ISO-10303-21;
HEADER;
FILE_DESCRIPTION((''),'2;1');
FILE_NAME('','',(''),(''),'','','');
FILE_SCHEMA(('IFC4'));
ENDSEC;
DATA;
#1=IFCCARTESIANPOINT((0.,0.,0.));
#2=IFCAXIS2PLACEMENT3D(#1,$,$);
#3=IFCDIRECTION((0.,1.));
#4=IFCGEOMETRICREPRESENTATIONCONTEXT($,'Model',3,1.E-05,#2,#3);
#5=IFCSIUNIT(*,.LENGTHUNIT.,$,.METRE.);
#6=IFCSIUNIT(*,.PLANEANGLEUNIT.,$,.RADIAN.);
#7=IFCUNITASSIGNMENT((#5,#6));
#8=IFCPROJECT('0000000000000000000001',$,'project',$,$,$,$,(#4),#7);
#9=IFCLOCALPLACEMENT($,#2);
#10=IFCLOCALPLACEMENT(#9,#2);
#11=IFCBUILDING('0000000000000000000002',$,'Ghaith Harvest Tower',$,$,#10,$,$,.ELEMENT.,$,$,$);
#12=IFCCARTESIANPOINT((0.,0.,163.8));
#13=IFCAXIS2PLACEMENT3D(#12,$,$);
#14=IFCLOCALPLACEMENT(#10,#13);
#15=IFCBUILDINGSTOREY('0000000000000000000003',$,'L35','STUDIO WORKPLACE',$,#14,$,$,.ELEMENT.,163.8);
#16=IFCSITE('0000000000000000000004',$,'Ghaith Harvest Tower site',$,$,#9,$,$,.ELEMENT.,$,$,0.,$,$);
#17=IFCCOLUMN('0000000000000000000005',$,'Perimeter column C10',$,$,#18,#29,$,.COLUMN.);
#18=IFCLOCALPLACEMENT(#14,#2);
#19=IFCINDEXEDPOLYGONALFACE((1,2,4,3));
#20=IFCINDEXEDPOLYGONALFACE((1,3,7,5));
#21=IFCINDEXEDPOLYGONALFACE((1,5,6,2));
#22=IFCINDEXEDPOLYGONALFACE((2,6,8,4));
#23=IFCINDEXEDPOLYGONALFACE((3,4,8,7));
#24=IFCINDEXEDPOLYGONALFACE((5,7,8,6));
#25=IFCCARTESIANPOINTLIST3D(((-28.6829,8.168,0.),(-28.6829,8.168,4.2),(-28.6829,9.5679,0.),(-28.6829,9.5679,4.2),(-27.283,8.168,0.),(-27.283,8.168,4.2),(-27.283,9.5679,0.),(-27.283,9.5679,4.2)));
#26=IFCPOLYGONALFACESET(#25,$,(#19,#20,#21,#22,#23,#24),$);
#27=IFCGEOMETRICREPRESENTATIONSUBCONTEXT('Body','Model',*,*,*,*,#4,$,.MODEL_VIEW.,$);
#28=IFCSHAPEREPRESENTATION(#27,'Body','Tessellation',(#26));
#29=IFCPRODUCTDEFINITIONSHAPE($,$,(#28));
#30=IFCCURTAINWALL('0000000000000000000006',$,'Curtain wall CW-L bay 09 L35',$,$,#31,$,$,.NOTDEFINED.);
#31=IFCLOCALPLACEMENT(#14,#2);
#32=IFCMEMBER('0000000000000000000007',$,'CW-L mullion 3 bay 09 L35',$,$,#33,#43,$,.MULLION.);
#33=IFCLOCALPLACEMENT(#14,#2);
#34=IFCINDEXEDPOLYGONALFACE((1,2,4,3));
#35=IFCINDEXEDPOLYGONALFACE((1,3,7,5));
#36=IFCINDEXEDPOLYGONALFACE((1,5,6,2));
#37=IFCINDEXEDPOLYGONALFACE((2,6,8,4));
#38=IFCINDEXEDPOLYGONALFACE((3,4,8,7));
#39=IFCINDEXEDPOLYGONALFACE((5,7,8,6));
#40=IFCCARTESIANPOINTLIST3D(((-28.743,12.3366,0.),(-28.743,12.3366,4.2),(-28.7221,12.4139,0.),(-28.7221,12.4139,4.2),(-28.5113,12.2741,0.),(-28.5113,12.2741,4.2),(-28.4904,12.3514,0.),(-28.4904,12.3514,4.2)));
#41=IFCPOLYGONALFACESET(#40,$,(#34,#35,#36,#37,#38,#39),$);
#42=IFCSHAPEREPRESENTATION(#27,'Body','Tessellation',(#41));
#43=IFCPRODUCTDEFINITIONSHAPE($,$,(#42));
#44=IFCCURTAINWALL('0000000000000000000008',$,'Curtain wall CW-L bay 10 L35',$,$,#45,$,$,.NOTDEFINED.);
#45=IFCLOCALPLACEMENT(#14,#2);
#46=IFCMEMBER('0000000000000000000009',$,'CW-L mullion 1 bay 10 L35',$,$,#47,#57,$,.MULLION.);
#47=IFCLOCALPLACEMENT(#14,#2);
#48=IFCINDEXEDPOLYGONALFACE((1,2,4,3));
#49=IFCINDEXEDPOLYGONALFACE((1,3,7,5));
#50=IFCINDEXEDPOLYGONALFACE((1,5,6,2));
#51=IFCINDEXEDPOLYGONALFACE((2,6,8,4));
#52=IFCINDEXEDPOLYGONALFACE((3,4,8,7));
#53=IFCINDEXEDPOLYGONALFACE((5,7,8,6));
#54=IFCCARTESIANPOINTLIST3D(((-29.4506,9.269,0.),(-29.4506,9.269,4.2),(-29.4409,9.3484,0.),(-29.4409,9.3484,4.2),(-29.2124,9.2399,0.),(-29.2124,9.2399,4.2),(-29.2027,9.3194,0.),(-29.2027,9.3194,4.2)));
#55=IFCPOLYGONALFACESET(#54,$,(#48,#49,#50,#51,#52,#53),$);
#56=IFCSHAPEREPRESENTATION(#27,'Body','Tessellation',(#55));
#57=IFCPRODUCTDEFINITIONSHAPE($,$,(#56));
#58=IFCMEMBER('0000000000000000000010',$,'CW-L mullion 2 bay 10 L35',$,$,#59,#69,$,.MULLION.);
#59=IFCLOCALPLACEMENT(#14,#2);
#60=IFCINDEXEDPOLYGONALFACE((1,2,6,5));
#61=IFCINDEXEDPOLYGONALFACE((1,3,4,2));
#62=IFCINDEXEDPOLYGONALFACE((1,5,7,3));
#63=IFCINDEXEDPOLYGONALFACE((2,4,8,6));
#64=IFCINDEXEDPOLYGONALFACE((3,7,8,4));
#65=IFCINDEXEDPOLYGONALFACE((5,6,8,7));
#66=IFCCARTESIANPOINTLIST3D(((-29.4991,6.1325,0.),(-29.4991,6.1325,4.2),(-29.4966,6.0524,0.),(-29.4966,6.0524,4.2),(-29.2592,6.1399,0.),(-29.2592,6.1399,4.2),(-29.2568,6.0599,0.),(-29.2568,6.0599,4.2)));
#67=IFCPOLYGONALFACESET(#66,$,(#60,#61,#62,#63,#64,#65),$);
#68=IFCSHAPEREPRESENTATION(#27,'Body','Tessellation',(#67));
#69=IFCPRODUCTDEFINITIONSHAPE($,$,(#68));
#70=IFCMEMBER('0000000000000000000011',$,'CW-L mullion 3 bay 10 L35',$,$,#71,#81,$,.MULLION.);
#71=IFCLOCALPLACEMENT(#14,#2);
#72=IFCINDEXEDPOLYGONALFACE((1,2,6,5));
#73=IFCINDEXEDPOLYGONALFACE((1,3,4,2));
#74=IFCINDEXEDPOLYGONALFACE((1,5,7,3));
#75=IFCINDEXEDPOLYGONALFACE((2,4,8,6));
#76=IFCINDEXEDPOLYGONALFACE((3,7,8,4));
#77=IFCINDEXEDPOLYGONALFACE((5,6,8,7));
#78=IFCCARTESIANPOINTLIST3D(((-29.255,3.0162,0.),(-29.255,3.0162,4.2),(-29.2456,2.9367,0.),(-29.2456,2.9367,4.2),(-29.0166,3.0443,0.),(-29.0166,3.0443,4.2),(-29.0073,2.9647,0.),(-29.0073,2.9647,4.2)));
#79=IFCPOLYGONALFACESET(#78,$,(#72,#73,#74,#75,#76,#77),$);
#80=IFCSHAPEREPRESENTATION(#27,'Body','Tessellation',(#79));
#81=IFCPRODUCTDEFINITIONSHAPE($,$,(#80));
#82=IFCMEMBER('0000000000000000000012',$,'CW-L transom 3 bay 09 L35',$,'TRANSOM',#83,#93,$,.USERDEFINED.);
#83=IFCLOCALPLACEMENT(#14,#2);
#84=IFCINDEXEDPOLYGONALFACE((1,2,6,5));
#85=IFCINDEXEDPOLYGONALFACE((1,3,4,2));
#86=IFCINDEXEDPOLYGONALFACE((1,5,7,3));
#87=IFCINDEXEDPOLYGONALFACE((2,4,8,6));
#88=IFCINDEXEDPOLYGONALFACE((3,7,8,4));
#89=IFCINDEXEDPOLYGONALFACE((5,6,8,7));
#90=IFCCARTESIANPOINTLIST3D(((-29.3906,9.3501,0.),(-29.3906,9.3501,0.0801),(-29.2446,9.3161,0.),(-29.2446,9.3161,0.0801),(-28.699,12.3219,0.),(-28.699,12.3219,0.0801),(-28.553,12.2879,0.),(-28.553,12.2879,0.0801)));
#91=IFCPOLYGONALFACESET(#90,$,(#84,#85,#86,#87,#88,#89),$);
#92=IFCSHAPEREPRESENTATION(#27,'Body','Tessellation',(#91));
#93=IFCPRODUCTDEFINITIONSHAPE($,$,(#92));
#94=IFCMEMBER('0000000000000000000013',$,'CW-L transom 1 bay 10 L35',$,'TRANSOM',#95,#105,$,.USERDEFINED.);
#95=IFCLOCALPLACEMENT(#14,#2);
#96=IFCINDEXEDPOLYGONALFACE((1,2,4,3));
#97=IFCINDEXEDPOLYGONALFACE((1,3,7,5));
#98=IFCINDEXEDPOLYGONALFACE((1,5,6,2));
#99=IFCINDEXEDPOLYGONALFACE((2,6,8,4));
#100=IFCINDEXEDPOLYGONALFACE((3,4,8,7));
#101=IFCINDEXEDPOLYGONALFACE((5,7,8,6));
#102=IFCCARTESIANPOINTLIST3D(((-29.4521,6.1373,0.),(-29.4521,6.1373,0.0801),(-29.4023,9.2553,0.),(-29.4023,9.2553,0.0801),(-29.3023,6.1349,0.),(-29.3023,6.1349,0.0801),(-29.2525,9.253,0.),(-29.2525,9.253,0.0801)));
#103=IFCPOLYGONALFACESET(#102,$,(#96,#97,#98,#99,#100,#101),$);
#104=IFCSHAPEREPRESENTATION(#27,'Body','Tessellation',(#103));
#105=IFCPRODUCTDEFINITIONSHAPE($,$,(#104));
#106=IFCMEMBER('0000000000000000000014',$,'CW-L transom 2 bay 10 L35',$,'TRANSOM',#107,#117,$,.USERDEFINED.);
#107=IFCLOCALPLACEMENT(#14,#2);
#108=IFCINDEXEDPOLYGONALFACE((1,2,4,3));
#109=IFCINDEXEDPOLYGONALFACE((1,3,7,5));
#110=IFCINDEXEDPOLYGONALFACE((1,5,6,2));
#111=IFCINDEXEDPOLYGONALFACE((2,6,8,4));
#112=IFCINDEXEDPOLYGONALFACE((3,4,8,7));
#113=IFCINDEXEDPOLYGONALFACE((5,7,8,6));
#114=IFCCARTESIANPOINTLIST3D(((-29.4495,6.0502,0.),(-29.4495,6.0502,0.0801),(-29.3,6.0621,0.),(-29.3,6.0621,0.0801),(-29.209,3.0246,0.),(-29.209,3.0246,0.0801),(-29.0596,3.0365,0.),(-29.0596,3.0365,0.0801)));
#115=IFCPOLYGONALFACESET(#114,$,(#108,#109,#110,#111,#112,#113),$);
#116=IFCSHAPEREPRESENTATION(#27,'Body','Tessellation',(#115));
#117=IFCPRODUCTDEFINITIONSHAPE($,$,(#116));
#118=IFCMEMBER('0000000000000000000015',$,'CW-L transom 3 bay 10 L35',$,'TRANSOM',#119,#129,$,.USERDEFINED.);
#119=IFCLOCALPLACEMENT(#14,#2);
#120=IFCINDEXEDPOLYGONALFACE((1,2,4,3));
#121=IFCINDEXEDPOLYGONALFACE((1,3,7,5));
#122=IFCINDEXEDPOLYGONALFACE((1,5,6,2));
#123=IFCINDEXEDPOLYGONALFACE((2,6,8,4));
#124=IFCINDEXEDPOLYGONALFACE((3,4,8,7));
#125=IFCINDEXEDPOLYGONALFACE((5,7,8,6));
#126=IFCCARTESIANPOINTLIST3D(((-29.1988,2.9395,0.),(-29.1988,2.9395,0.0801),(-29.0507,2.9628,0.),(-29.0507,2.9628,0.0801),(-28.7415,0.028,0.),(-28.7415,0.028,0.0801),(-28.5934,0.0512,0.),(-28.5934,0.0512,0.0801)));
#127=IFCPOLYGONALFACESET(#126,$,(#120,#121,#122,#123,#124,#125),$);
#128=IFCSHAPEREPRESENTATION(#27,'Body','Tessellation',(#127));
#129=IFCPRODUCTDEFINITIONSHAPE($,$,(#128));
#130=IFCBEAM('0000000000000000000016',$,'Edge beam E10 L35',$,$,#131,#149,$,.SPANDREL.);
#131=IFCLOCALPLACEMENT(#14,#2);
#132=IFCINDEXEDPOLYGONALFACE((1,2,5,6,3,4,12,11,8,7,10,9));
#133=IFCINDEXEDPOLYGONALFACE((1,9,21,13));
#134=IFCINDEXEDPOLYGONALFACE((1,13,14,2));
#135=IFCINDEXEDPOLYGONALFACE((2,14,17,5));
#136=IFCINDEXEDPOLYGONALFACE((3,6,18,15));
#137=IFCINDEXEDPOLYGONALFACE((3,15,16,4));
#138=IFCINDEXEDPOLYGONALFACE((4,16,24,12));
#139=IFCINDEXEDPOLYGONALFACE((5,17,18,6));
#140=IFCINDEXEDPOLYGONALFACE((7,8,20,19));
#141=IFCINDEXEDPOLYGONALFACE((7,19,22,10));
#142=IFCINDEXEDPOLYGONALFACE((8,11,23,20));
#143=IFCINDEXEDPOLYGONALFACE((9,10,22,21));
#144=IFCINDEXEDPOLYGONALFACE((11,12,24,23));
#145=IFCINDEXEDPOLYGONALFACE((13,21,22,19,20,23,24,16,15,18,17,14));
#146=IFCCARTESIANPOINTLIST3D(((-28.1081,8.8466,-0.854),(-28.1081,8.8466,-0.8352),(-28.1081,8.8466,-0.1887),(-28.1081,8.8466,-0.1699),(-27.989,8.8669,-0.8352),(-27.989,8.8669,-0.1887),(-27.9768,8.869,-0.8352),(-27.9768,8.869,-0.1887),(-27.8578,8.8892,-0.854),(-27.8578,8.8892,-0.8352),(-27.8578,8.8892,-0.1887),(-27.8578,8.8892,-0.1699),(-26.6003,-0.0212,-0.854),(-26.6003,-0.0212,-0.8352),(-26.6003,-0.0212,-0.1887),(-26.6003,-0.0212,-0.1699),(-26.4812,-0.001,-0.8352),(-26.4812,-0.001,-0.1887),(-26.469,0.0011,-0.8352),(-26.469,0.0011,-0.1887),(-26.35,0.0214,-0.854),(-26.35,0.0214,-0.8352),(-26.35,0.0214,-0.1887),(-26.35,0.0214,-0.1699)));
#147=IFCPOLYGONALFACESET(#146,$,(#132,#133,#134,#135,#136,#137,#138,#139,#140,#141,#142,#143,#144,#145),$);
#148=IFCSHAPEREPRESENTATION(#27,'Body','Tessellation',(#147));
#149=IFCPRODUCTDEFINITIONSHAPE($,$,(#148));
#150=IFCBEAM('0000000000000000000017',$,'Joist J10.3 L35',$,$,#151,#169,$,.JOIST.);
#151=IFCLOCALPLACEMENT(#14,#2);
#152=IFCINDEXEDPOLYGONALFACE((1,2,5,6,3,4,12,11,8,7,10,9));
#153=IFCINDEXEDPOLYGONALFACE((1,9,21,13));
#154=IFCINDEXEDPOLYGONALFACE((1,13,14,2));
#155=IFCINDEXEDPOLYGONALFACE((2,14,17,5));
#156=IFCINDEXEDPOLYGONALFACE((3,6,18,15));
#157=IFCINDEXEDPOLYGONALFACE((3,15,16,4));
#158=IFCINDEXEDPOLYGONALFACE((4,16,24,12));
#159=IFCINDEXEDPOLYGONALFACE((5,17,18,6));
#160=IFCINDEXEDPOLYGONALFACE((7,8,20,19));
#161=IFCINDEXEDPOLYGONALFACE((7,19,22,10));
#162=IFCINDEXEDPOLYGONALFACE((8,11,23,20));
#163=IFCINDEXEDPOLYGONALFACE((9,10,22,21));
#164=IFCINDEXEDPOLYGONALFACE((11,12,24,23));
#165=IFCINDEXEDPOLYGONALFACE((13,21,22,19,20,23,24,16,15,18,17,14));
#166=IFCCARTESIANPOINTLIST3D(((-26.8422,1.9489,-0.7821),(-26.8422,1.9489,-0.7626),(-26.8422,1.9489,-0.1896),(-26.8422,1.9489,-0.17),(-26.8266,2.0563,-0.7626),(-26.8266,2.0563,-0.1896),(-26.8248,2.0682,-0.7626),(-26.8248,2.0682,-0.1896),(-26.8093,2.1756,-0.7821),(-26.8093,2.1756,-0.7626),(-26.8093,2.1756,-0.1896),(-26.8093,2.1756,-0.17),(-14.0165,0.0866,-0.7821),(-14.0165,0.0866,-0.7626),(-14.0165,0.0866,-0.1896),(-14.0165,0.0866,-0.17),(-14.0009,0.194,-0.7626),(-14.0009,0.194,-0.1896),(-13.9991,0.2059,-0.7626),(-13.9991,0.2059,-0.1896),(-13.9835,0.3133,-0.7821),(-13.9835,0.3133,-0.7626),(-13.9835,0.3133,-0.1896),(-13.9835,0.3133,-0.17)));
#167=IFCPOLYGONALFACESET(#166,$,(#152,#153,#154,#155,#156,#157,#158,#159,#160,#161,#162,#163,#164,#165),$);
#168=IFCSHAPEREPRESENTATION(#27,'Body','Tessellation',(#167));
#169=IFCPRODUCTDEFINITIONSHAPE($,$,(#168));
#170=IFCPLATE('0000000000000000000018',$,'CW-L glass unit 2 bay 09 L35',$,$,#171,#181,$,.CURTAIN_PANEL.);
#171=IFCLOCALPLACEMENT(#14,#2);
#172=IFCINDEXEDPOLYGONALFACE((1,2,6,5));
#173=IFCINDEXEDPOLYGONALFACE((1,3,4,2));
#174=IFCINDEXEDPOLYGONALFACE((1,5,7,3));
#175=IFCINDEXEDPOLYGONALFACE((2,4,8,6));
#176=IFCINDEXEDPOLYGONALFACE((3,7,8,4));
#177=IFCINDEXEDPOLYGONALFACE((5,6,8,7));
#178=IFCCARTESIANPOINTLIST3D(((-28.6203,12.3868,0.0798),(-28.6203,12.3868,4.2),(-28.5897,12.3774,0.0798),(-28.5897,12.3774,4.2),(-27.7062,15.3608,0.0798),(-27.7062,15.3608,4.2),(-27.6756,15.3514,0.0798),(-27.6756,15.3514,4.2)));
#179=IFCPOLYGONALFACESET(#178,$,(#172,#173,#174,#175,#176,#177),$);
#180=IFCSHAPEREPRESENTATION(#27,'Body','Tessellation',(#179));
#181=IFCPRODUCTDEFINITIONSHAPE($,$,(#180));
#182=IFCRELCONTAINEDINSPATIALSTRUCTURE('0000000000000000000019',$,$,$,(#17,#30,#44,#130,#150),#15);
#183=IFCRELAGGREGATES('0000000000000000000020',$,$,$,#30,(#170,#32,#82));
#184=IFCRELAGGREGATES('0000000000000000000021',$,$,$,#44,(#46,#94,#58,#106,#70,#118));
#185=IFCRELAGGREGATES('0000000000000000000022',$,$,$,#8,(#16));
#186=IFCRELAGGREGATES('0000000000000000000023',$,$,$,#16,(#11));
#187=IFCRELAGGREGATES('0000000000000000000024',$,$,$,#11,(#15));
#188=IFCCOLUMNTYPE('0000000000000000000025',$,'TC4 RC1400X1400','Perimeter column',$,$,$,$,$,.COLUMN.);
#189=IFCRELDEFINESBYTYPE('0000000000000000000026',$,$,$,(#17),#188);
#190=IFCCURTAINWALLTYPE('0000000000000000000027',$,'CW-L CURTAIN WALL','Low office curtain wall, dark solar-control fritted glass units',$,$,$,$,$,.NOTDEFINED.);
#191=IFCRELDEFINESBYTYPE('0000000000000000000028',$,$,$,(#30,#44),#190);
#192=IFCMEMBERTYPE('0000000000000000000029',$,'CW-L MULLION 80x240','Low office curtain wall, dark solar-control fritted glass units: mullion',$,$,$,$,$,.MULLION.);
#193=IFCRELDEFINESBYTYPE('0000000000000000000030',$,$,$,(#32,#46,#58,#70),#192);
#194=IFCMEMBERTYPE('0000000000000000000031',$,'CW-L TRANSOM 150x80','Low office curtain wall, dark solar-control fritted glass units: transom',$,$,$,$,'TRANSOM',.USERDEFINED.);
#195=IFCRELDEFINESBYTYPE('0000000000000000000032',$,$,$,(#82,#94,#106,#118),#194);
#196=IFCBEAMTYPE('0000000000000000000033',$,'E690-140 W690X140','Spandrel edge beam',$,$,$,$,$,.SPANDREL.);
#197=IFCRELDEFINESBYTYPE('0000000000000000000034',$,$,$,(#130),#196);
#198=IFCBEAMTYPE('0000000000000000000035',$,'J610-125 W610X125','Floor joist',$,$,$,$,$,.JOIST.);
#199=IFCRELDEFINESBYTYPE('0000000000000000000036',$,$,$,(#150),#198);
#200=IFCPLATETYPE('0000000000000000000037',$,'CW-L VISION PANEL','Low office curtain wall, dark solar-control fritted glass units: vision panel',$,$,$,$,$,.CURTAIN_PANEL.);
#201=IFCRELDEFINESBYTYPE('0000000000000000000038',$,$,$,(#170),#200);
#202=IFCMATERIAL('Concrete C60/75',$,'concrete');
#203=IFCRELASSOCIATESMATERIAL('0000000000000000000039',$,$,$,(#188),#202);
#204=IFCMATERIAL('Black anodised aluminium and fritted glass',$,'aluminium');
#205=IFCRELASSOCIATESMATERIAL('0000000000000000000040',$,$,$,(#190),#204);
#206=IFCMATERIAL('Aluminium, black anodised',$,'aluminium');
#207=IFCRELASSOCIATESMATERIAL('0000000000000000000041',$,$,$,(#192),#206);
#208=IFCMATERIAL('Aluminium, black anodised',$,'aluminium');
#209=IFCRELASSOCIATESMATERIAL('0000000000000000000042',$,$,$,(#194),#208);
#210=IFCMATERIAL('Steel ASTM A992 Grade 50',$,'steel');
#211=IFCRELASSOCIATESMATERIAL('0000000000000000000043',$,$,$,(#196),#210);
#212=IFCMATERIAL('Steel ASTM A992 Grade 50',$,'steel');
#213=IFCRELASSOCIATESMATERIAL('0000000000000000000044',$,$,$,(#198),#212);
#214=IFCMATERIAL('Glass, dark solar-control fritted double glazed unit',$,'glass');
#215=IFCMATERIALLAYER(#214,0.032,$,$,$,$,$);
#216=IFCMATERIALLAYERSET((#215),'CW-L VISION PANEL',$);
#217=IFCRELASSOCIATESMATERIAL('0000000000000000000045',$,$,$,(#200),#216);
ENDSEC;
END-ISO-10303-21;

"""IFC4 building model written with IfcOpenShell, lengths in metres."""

from ifc_helpers import new_model, si_unit, direction, frame, origin, origin_2d, place, context, subcontext, project, spatial, rectangle, i_section, extrude, material, layer, layer_set, material_profile, profile_set, type_object, element, aggregate, save


model = new_model("IFC4")

# Units and contexts
model_context = context("Model", 3, precision=1e-05, world=origin(), true_north=direction((0.0, 1.0)))
body_context = subcontext(model_context, "Body", "Model", "MODEL_VIEW")
ifc_project = project(units=[si_unit("LENGTHUNIT", "METRE"), si_unit("PLANEANGLEUNIT", "RADIAN")], contexts=[model_context])

# Site, building, storey
site_placement = place(None, origin())
site = spatial("IfcSite", under=ifc_project, at=site_placement, Name="Ghaith Harvest Tower site", CompositionType="ELEMENT", RefElevation=0.0)
building_placement = place(site_placement, origin())
building = spatial("IfcBuilding", under=site, at=building_placement, Name="Ghaith Harvest Tower", CompositionType="ELEMENT")
storey_placement = place(building_placement, frame((0.0, 0.0, 163.8)))
storey = spatial("IfcBuildingStorey", under=building, at=storey_placement, Name="L35", Description="STUDIO WORKPLACE", CompositionType="ELEMENT", Elevation=163.8)

# Column
ifc_material_1 = material(Name="Concrete C60/75", Category="concrete")
ifc_material_profile_1 = material_profile(ifc_material_1, rectangle(XDim=1.3999, YDim=1.3999, at=origin_2d()), Name="RC1400X1400")
ifc_profile_set_1 = profile_set([ifc_material_profile_1], Name="Concrete C60/75")
column_type = type_object("IfcColumnType", Name="TC4 RC1400X1400", Description="Perimeter column", PredefinedType="COLUMN", material=ifc_profile_set_1)
column_placement = place(storey_placement, frame((-27.9829, 8.8679, 0.0), z_axis=(0.0, 0.0, 1.0), x_axis=(1.0, 0.0, 0.0)))
element("IfcColumn", 1, at=column_placement, inside=storey, type_object=column_type, Name="Perimeter column C10", PredefinedType="COLUMN", context=body_context, shape_type="SweptSolid", body=[
    extrude(rectangle(XDim=1.3999, YDim=1.3999, at=origin_2d()), origin(), (0.0, 0.0, 1.0), 4.2),
])

# Curtain wall, member
ifc_material_2 = material(Name="Black anodised aluminium and fritted glass", Category="aluminium")
curtain_wall_type = type_object("IfcCurtainWallType", Name="CW-L CURTAIN WALL", Description="Low office curtain wall, dark solar-control fritted glass units", PredefinedType="NOTDEFINED", material=ifc_material_2)
curtain_wall_1_placement = place(storey_placement, origin())
curtain_wall_1 = element("IfcCurtainWall", 2, at=curtain_wall_1_placement, inside=storey, type_object=curtain_wall_type, Name="Curtain wall CW-L bay 09 L35", PredefinedType="NOTDEFINED")
ifc_material_3 = material(Name="Aluminium, black anodised", Category="aluminium")
ifc_material_profile_2 = material_profile(ifc_material_3, rectangle(XDim=0.0801, YDim=0.24, at=origin_2d()), Name="CW-L MULLION 80x240")
ifc_profile_set_2 = profile_set([ifc_material_profile_2], Name="Aluminium, black anodised")
member_type_1 = type_object("IfcMemberType", Name="CW-L MULLION 80x240", Description="Low office curtain wall, dark solar-control fritted glass units: mullion", PredefinedType="MULLION", material=ifc_profile_set_2)
member_1_placement = place(storey_placement, frame((-28.6167, 12.344, 0.0), z_axis=(0.0, 0.0, 1.0), x_axis=(-0.260727, -0.965412, 0.0)))
member_1 = element("IfcMember", 3, at=member_1_placement, type_object=member_type_1, Name="CW-L mullion 3 bay 09 L35", PredefinedType="MULLION", context=body_context, shape_type="SweptSolid", body=[
    extrude(rectangle(XDim=0.0801, YDim=0.24, at=origin_2d()), origin(), (0.0, 0.0, 1.0), 4.2),
])

# Curtain wall, members
curtain_wall_2_placement = place(storey_placement, origin())
curtain_wall_2 = element("IfcCurtainWall", 4, at=curtain_wall_2_placement, inside=storey, type_object=curtain_wall_type, Name="Curtain wall CW-L bay 10 L35", PredefinedType="NOTDEFINED")
member_2_placement = place(storey_placement, frame((-29.3267, 9.2942, 0.0), z_axis=(0.0, 0.0, 1.0), x_axis=(-0.120932, -0.992661, 0.0)))
member_2 = element("IfcMember", 5, at=member_2_placement, type_object=member_type_1, Name="CW-L mullion 1 bay 10 L35", PredefinedType="MULLION", context=body_context, shape_type="SweptSolid", body=[
    extrude(rectangle(XDim=0.0801, YDim=0.24, at=origin_2d()), origin(), (0.0, 0.0, 1.0), 4.2),
])
member_3_placement = place(storey_placement, frame((-29.3779, 6.0962, 0.0), z_axis=(0.0, 0.0, 1.0), x_axis=(0.031028, -0.999519, 0.0)))
member_3 = element("IfcMember", 6, at=member_3_placement, type_object=member_type_1, Name="CW-L mullion 2 bay 10 L35", PredefinedType="MULLION", context=body_context, shape_type="SweptSolid", body=[
    extrude(rectangle(XDim=0.0801, YDim=0.24, at=origin_2d()), origin(), (0.0, 0.0, 1.0), 4.2),
])
member_4_placement = place(storey_placement, frame((-29.1311, 2.9905, 0.0), z_axis=(0.0, 0.0, 1.0), x_axis=(0.116764, -0.99316, 0.0)))
member_4 = element("IfcMember", 7, at=member_4_placement, type_object=member_type_1, Name="CW-L mullion 3 bay 10 L35", PredefinedType="MULLION", context=body_context, shape_type="SweptSolid", body=[
    extrude(rectangle(XDim=0.0801, YDim=0.24, at=origin_2d()), origin(), (0.0, 0.0, 1.0), 4.2),
])

# Members
ifc_material_4 = material(Name="Aluminium, black anodised", Category="aluminium")
ifc_material_profile_3 = material_profile(ifc_material_4, rectangle(XDim=0.1499, YDim=0.0801, at=origin_2d()), Name="CW-L TRANSOM 150x80")
ifc_profile_set_3 = profile_set([ifc_material_profile_3], Name="Aluminium, black anodised")
member_type_2 = type_object("IfcMemberType", Name="CW-L TRANSOM 150x80", Description="Low office curtain wall, dark solar-control fritted glass units: transom", ElementType="TRANSOM", PredefinedType="USERDEFINED", material=ifc_profile_set_3)
member_5_placement = place(storey_placement, frame((-28.626, 12.3049, 0.04), z_axis=(-0.226671, -0.973971, 0.0), x_axis=(0.973971, -0.226671, 0.0)))
member_5 = element("IfcMember", 8, at=member_5_placement, type_object=member_type_2, Name="CW-L transom 3 bay 09 L35", ObjectType="TRANSOM", PredefinedType="USERDEFINED", context=body_context, shape_type="SweptSolid", body=[
    extrude(rectangle(XDim=0.1499, YDim=0.0801, at=origin_2d()), origin(), (0.0, 0.0, 1.0), 3.0513),
])
member_6_placement = place(storey_placement, frame((-29.3274, 9.2542, 0.04), z_axis=(-0.015972, -0.999872, 0.0), x_axis=(0.999872, -0.015972, 0.0)))
member_6 = element("IfcMember", 9, at=member_6_placement, type_object=member_type_2, Name="CW-L transom 1 bay 10 L35", ObjectType="TRANSOM", PredefinedType="USERDEFINED", context=body_context, shape_type="SweptSolid", body=[
    extrude(rectangle(XDim=0.1499, YDim=0.0801, at=origin_2d()), origin(), (0.0, 0.0, 1.0), 3.1184),
])
member_7_placement = place(storey_placement, frame((-29.3748, 6.0562, 0.04), z_axis=(0.07923, -0.996856, 0.0), x_axis=(0.996856, 0.07923, 0.0)))
member_7 = element("IfcMember", 10, at=member_7_placement, type_object=member_type_2, Name="CW-L transom 2 bay 10 L35", ObjectType="TRANSOM", PredefinedType="USERDEFINED", context=body_context, shape_type="SweptSolid", body=[
    extrude(rectangle(XDim=0.1499, YDim=0.0801, at=origin_2d()), origin(), (0.0, 0.0, 1.0), 3.0352),
])
member_8_placement = place(storey_placement, frame((-29.1248, 2.9512, 0.04), z_axis=(0.15515, -0.987891, 0.0), x_axis=(0.987891, 0.15515, 0.0)))
member_8 = element("IfcMember", 11, at=member_8_placement, type_object=member_type_2, Name="CW-L transom 3 bay 10 L35", ObjectType="TRANSOM", PredefinedType="USERDEFINED", context=body_context, shape_type="SweptSolid", body=[
    extrude(rectangle(XDim=0.1499, YDim=0.0801, at=origin_2d()), origin(), (0.0, 0.0, 1.0), 2.9473),
])

# Beams
ifc_material_5 = material(Name="Steel ASTM A992 Grade 50", Category="steel")
ifc_material_profile_4 = material_profile(ifc_material_5, i_section(OverallWidth=0.2539, OverallDepth=0.6841, WebThickness=0.0125, FlangeThickness=0.0188, at=origin_2d()), Name="W690X140")
ifc_profile_set_4 = profile_set([ifc_material_profile_4], Name="Steel ASTM A992 Grade 50")
beam_type_1 = type_object("IfcBeamType", Name="E690-140 W690X140", Description="Spandrel edge beam", PredefinedType="SPANDREL", material=ifc_profile_set_4)
beam_1_placement = place(storey_placement, frame((-27.9829, 8.8679, -0.512), z_axis=(0.167624, -0.985851, 0.0), x_axis=(0.985851, 0.167624, 0.0)))
element("IfcBeam", 12, at=beam_1_placement, inside=storey, type_object=beam_type_1, Name="Edge beam E10 L35", PredefinedType="SPANDREL", context=body_context, shape_type="SweptSolid", body=[
    extrude(i_section(OverallWidth=0.2539, OverallDepth=0.6841, WebThickness=0.0125, FlangeThickness=0.0188, at=origin_2d()), origin(), (0.0, 0.0, 1.0), 8.9951),
])
ifc_material_6 = material(Name="Steel ASTM A992 Grade 50", Category="steel")
ifc_material_profile_5 = material_profile(ifc_material_6, i_section(OverallWidth=0.229, OverallDepth=0.6121, WebThickness=0.012, FlangeThickness=0.0195, at=origin_2d()), Name="W610X125")
ifc_profile_set_5 = profile_set([ifc_material_profile_5], Name="Steel ASTM A992 Grade 50")
beam_type_2 = type_object("IfcBeamType", Name="J610-125 W610X125", Description="Floor joist", PredefinedType="JOIST", material=ifc_profile_set_5)
beam_2_placement = place(storey_placement, frame((-14.0, 0.2, -0.4761), z_axis=(-0.989622, 0.143694, 0.0), x_axis=(-0.143694, -0.989622, 0.0)))
element("IfcBeam", 13, at=beam_2_placement, inside=storey, type_object=beam_type_2, Name="Joist J10.3 L35", PredefinedType="JOIST", context=body_context, shape_type="SweptSolid", body=[
    extrude(i_section(OverallWidth=0.229, OverallDepth=0.6121, WebThickness=0.012, FlangeThickness=0.0195, at=origin_2d()), origin(), (0.0, 0.0, 1.0), 12.9602),
])

# Plate
ifc_material_7 = material(Name="Glass, dark solar-control fritted double glazed unit", Category="glass")
ifc_layer_1 = layer(ifc_material_7, 0.032)
ifc_layer_set_1 = layer_set([ifc_layer_1], Name="CW-L VISION PANEL")
plate_type_1 = type_object("IfcPlateType", Name="CW-L VISION PANEL", Description="Low office curtain wall, dark solar-control fritted glass units: vision panel", PredefinedType="CURTAIN_PANEL", material=ifc_layer_set_1)
plate_1_placement = place(storey_placement, frame((-28.1479, 13.8691, 0.0798), z_axis=(0.0, 0.0, 1.0), x_axis=(-0.293803, -0.955866, 0.0)))
plate_1 = element("IfcPlate", 14, at=plate_1_placement, type_object=plate_type_1, Name="CW-L glass unit 2 bay 09 L35", PredefinedType="CURTAIN_PANEL", context=body_context, shape_type="SweptSolid", body=[
    extrude(rectangle(XDim=3.1113, YDim=0.032, at=origin_2d()), origin(), (0.0, 0.0, 1.0), 4.1201),
])
aggregate(curtain_wall_1, [plate_1, member_1, member_5])
aggregate(curtain_wall_2, [member_2, member_6, member_3, member_7, member_4, member_8])

save(model, "model.ifc")
